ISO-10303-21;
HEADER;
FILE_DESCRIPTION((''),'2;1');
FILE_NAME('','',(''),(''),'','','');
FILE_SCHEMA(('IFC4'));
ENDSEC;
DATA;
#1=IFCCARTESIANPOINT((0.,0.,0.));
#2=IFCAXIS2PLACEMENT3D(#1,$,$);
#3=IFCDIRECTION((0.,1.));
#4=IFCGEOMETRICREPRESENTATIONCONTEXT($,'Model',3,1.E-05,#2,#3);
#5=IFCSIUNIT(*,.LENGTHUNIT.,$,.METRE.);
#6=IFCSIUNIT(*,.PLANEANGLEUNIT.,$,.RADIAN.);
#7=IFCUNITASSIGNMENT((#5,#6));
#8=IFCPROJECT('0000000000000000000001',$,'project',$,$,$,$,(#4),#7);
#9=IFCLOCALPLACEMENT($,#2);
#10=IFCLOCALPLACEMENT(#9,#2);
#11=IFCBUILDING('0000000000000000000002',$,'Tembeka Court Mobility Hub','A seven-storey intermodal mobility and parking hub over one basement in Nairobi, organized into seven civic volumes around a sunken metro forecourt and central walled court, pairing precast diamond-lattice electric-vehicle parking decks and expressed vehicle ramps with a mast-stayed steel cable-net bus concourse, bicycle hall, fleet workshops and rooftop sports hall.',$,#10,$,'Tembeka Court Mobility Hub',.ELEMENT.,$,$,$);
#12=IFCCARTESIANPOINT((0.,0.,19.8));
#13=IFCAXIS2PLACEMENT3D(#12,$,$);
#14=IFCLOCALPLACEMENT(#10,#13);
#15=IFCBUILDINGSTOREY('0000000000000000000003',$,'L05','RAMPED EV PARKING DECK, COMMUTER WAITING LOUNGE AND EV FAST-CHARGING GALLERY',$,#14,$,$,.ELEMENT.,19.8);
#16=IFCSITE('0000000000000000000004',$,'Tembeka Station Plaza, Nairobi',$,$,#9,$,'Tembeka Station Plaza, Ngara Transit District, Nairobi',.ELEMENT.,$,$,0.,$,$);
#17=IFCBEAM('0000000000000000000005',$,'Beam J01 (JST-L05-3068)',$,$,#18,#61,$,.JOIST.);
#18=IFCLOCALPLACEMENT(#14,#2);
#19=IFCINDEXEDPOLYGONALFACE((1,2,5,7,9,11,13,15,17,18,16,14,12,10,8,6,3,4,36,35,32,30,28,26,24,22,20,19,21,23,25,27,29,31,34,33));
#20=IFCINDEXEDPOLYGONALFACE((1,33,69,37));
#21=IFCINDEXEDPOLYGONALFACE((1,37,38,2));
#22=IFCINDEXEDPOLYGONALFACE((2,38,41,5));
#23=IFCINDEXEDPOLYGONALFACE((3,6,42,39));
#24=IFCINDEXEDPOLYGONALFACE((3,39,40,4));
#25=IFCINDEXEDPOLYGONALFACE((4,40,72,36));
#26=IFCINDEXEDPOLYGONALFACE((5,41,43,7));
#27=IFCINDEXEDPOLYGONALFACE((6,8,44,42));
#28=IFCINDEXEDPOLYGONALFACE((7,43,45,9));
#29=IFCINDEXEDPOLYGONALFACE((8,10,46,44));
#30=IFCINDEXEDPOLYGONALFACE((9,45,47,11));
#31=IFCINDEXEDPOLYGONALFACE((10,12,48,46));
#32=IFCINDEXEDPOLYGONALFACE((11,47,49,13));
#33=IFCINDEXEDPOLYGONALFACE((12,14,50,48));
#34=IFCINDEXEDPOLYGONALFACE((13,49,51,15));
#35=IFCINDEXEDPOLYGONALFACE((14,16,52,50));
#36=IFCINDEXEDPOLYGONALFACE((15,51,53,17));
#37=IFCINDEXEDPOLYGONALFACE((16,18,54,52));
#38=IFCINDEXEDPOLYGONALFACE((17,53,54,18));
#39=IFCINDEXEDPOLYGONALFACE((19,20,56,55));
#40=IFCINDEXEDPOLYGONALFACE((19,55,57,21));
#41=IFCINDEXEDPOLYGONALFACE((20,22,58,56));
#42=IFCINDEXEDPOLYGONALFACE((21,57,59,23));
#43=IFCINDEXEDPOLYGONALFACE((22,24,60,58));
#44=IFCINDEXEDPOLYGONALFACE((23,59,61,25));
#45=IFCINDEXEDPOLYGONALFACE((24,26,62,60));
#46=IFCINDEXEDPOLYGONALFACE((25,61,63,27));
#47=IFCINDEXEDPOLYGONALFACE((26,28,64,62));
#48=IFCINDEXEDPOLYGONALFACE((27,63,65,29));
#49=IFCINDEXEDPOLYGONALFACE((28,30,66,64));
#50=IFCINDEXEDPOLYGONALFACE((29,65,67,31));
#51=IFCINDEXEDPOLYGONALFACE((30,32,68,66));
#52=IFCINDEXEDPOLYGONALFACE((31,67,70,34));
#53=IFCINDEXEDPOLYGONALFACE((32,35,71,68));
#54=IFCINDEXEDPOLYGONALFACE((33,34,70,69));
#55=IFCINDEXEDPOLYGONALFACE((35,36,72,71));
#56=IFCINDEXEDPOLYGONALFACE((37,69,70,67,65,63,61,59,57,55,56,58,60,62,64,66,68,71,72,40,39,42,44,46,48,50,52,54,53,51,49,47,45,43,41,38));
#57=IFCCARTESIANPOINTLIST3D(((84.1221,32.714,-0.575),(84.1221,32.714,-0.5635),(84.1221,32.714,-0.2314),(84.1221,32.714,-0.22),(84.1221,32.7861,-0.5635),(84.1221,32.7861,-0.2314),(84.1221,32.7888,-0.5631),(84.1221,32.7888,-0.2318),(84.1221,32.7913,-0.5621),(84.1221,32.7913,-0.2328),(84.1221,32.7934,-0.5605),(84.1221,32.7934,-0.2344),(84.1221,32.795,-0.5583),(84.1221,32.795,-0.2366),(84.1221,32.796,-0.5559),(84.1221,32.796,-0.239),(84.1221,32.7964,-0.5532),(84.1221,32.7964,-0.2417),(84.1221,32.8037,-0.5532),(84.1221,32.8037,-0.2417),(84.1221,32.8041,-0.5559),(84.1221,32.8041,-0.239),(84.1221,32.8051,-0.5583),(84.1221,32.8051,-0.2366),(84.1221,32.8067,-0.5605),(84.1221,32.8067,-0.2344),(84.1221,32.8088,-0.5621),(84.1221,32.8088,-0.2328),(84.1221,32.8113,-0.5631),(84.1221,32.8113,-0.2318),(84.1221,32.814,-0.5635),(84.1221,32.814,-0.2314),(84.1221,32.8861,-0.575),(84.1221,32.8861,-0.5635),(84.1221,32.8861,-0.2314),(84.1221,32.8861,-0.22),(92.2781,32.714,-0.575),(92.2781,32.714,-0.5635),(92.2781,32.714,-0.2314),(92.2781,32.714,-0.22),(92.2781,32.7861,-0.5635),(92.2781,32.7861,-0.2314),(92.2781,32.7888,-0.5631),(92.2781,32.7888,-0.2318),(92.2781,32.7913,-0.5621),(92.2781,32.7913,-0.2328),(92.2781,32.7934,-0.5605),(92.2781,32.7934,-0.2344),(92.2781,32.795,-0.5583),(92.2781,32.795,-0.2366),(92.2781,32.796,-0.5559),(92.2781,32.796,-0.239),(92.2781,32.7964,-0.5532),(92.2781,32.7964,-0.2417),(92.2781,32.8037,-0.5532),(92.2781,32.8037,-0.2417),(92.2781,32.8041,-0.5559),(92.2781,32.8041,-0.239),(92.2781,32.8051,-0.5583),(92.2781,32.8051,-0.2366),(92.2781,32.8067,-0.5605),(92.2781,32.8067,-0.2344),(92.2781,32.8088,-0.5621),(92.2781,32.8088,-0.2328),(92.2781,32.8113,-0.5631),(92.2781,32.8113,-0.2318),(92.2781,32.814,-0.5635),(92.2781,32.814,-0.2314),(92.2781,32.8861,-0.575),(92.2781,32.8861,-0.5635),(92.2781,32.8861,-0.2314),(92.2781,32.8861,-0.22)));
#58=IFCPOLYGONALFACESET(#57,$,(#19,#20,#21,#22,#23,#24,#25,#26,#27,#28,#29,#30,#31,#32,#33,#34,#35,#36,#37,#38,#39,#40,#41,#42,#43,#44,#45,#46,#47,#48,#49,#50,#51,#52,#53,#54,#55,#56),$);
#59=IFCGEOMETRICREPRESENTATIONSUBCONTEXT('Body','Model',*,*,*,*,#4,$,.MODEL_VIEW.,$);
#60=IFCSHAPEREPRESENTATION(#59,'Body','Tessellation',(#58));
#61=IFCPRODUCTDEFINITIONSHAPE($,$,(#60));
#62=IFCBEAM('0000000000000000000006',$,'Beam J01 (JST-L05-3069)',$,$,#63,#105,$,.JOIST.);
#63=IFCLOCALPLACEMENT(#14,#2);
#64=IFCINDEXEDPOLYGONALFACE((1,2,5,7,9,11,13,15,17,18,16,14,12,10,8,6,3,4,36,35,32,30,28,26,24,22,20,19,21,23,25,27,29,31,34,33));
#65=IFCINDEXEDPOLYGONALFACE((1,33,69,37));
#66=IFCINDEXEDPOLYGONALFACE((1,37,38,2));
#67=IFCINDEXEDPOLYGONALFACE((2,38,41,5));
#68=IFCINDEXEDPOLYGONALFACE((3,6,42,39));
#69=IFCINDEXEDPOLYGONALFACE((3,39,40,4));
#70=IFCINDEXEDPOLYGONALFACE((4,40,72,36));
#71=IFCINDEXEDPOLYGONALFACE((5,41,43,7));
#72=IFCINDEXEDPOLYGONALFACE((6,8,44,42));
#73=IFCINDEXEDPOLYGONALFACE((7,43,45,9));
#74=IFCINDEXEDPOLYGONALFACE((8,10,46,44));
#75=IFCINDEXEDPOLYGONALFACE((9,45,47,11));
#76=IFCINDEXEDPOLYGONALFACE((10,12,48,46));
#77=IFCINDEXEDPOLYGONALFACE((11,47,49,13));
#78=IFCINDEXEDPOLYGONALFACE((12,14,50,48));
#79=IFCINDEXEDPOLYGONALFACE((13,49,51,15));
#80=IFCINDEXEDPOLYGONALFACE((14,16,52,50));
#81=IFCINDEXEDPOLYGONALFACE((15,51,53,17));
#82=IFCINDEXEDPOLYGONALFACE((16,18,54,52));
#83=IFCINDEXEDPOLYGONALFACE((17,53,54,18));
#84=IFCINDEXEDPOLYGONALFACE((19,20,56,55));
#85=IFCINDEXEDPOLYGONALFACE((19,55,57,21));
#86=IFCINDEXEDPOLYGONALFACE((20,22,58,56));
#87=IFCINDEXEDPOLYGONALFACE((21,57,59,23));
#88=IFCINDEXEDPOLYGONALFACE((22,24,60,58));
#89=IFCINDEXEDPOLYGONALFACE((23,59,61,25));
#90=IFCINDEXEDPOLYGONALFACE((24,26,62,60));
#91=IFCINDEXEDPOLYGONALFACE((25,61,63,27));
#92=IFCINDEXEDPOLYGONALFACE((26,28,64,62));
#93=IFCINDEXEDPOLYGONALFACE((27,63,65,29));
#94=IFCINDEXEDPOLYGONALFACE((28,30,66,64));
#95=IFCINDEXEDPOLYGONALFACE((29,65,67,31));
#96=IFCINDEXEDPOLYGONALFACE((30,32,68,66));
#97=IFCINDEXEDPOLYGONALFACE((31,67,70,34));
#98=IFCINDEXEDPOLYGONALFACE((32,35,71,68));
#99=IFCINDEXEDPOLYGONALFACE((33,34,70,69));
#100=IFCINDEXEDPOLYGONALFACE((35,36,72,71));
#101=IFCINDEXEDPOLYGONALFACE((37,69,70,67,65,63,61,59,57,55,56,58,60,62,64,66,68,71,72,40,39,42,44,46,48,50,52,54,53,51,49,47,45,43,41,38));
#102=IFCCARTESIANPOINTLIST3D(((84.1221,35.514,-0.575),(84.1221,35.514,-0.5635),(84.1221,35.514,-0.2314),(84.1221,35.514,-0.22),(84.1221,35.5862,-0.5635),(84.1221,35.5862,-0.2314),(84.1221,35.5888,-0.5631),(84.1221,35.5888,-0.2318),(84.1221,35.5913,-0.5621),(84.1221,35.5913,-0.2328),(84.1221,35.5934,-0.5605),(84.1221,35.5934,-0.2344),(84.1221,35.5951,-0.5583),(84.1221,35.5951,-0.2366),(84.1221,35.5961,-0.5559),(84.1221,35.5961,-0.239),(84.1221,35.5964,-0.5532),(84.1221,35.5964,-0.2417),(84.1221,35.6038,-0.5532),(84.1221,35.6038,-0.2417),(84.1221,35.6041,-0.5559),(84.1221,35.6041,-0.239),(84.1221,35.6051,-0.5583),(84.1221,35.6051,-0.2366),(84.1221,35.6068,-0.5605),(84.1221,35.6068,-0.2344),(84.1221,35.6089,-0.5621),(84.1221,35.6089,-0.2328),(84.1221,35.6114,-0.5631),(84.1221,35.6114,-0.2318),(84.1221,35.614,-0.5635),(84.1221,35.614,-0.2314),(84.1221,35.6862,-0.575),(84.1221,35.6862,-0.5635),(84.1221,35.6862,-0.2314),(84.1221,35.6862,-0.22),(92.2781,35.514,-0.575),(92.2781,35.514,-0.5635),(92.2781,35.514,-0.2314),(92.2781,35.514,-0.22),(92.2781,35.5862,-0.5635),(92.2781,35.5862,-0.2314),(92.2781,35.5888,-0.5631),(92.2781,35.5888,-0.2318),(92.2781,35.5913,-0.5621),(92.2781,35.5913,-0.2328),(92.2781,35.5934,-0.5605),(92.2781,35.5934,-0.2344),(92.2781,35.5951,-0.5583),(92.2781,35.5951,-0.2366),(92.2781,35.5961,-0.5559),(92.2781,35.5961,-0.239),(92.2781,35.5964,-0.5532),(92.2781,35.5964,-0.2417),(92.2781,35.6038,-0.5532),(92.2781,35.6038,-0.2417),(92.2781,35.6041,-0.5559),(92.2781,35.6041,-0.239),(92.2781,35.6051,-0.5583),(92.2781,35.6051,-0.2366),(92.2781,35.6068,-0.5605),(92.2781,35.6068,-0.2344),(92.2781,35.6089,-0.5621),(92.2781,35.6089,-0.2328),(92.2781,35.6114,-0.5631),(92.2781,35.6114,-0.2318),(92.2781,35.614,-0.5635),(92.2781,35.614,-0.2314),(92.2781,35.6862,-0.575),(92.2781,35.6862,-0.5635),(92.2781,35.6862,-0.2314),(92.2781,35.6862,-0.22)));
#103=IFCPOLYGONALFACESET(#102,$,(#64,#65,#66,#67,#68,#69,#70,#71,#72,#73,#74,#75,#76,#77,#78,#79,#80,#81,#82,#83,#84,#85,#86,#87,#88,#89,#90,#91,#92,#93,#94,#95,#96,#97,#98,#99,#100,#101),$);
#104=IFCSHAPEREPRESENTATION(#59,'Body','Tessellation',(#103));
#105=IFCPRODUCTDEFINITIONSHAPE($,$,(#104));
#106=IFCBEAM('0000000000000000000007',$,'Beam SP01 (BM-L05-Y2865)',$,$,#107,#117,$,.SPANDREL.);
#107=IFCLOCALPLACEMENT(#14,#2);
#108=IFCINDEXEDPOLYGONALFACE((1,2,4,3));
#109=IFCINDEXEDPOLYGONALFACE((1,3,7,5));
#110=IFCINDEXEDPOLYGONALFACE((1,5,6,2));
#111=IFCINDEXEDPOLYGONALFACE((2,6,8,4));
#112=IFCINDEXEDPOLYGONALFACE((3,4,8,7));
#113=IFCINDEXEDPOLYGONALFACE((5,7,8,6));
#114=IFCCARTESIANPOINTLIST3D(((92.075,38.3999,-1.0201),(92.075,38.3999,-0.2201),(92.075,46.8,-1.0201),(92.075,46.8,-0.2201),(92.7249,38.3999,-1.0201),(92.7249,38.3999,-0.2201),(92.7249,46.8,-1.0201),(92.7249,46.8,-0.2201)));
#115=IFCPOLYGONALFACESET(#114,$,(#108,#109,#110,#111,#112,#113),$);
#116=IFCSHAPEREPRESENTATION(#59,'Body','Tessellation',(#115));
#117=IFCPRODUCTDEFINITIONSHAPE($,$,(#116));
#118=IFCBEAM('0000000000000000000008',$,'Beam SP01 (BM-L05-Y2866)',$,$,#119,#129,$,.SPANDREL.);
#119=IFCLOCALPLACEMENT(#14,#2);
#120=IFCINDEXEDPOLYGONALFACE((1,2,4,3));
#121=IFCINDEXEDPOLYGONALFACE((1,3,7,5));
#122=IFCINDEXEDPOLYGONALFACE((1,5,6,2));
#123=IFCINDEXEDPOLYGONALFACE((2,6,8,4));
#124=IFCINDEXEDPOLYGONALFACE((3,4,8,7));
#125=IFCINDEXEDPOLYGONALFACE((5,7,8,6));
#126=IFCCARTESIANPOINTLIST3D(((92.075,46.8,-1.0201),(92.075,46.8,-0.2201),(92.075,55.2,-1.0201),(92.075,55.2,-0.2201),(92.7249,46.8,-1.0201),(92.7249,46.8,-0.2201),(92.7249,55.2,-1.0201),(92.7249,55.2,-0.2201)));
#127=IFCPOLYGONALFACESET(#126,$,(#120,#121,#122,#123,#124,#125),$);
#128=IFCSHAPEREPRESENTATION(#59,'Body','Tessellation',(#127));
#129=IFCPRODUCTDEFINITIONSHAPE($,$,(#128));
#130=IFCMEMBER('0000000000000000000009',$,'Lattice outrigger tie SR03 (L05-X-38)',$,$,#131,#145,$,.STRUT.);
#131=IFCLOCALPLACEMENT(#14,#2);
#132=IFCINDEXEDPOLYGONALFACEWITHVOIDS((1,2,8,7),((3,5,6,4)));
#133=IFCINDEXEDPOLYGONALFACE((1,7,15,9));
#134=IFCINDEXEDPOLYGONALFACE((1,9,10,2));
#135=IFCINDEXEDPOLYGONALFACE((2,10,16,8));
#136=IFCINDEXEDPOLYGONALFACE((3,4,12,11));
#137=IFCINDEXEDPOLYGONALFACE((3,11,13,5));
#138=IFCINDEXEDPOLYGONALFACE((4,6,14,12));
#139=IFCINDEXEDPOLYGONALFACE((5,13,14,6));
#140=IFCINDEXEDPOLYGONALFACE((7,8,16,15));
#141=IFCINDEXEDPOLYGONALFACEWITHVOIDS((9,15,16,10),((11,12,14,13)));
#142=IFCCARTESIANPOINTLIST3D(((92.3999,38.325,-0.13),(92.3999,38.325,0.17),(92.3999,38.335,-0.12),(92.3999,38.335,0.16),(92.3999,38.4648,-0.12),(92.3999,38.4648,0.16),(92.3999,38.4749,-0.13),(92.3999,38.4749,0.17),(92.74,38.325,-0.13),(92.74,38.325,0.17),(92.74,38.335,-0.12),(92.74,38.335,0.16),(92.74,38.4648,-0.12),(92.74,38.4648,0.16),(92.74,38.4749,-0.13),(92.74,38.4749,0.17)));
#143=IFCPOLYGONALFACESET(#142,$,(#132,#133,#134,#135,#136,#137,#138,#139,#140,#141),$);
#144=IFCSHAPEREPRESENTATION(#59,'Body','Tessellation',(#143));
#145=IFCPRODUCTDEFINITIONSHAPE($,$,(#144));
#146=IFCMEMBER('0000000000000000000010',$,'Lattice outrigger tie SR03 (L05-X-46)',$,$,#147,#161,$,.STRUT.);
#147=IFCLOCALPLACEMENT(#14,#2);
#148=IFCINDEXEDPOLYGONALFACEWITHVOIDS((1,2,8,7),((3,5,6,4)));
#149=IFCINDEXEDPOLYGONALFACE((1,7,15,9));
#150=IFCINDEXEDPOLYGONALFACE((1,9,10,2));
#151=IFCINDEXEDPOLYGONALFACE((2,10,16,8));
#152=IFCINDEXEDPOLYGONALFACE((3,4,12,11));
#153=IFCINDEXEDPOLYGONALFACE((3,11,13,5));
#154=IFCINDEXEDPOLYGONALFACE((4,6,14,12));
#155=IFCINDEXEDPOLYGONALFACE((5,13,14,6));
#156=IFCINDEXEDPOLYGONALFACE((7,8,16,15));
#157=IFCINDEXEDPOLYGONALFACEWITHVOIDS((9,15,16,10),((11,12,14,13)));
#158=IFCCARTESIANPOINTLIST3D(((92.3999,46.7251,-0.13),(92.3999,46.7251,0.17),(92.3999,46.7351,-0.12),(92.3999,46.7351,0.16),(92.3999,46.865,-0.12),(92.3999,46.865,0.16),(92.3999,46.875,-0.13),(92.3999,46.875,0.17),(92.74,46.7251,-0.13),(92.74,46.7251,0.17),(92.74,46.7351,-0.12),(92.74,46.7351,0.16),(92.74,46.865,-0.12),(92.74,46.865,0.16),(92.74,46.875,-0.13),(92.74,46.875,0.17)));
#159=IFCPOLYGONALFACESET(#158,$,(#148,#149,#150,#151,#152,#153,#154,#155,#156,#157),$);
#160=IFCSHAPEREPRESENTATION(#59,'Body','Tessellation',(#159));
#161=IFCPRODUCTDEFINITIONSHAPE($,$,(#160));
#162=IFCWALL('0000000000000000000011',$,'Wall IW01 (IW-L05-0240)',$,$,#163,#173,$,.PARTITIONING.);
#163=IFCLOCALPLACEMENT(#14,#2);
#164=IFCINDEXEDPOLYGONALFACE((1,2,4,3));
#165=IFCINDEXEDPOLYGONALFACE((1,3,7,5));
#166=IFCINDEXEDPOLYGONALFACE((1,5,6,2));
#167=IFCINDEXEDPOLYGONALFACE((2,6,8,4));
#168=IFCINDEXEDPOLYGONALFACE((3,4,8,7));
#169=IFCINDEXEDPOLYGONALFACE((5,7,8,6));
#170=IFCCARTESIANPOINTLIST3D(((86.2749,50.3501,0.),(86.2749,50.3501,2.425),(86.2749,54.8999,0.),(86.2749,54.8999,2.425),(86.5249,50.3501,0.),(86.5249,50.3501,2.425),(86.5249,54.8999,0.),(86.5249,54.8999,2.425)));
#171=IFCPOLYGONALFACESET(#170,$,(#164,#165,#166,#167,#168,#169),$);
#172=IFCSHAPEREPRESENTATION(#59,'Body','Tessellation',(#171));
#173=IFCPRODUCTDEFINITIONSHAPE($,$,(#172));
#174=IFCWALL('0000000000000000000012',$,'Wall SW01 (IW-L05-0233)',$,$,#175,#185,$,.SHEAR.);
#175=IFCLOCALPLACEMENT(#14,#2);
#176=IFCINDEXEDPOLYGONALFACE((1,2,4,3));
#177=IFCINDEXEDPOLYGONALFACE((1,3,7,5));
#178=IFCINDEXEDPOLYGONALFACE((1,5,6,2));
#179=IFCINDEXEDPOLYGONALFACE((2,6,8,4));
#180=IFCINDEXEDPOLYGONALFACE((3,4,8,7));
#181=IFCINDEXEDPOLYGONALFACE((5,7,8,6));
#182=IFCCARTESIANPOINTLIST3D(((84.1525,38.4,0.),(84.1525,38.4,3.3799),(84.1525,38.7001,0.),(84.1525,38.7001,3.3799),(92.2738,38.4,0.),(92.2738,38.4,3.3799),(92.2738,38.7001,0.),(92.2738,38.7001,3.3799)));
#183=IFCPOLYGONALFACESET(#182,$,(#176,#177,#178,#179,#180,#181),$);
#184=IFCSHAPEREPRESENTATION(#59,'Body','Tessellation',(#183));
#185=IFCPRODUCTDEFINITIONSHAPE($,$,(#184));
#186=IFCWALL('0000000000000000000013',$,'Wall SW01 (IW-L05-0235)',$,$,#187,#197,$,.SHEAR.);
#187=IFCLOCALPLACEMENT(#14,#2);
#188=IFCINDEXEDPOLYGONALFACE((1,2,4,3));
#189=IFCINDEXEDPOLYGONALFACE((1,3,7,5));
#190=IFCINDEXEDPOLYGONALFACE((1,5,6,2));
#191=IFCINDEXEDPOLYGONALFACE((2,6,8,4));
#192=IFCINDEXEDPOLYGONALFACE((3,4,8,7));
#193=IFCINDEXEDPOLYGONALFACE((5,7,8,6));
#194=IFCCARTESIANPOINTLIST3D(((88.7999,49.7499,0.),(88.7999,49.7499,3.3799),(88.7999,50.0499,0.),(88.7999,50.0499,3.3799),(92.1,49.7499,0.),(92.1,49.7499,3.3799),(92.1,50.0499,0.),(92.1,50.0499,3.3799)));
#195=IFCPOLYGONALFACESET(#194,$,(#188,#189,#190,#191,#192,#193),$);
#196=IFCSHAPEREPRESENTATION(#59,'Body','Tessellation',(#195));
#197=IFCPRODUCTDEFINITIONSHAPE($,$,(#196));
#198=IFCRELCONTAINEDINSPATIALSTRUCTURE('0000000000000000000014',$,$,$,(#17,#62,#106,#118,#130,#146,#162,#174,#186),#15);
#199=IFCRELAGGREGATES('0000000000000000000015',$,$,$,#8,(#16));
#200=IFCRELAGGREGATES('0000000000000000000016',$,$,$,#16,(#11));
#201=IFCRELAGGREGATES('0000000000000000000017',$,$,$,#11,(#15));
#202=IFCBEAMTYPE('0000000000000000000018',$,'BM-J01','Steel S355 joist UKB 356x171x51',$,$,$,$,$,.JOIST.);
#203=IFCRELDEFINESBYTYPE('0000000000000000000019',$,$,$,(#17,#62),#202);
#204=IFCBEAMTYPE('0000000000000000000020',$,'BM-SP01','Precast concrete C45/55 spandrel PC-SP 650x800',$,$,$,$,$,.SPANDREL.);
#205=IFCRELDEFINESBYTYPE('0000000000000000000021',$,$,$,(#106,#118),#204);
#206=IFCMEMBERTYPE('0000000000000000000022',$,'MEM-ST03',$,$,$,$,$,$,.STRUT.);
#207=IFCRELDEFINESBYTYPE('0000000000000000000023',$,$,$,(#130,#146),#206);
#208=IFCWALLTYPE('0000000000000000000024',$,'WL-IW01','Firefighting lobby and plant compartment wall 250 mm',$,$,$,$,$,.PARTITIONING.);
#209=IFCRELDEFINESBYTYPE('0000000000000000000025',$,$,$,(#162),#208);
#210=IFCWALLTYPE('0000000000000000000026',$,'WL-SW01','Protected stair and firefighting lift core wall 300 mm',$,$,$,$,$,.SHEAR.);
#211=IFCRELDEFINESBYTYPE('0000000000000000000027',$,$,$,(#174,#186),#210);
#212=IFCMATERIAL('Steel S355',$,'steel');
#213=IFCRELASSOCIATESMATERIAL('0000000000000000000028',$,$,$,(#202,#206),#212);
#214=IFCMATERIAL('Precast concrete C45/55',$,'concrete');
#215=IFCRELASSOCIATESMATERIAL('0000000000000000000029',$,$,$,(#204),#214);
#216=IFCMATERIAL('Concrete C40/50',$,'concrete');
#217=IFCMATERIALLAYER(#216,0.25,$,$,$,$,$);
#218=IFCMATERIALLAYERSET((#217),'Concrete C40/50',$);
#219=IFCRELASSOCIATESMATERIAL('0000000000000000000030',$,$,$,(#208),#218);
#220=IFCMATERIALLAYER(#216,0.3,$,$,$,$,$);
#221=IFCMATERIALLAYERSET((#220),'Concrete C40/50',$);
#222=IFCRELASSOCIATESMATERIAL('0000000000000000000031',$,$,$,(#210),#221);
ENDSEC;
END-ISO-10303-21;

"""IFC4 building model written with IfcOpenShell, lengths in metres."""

from ifc_helpers import new_model, si_unit, direction, frame, frame_2d, origin, origin_2d, place, context, subcontext, project, spatial, rectangle, hollow_rectangle, i_section, extrude, material, layer, layer_set, material_profile, profile_set, type_object, element, save


model = new_model("IFC4")

# Units and contexts
model_context = context("Model", 3, precision=1e-05, world=origin(), true_north=direction((0.0, 1.0)))
body_context = subcontext(model_context, "Body", "Model", "MODEL_VIEW")
ifc_project = project(units=[si_unit("LENGTHUNIT", "METRE"), si_unit("PLANEANGLEUNIT", "RADIAN")], contexts=[model_context])

# Site, building, storey
site_placement = place(None, origin())
site = spatial("IfcSite", under=ifc_project, at=site_placement, Name="Tembeka Station Plaza, Nairobi", LongName="Tembeka Station Plaza, Ngara Transit District, Nairobi", CompositionType="ELEMENT", RefElevation=0.0)
building_placement = place(site_placement, origin())
building = spatial("IfcBuilding", under=site, at=building_placement, Name="Tembeka Court Mobility Hub", Description="A seven-storey intermodal mobility and parking hub over one basement in Nairobi, organized into seven civic volumes around a sunken metro forecourt and central walled court, pairing precast diamond-lattice electric-vehicle parking decks and expressed vehicle ramps with a mast-stayed steel cable-net bus concourse, bicycle hall, fleet workshops and rooftop sports hall.", LongName="Tembeka Court Mobility Hub", CompositionType="ELEMENT")
storey_placement = place(building_placement, frame((0.0, 0.0, 19.8)))
storey = spatial("IfcBuildingStorey", under=building, at=storey_placement, Name="L05", Description="RAMPED EV PARKING DECK, COMMUTER WAITING LOUNGE AND EV FAST-CHARGING GALLERY", CompositionType="ELEMENT", Elevation=19.8)

# Shared definitions
ifc_material_1 = material(Name="Steel S355", Category="steel")

# Beams
ifc_material_profile_1 = material_profile(ifc_material_1, i_section(OverallWidth=0.1721, OverallDepth=0.355, WebThickness=0.0073, FlangeThickness=0.0115, FilletRadius=0.0103, at=origin_2d()), Name="UKB 356x171x51")
ifc_profile_set_1 = profile_set([ifc_material_profile_1], Name="Steel S355")
beam_type_1 = type_object("IfcBeamType", Name="BM-J01", Description="Steel S355 joist UKB 356x171x51", PredefinedType="JOIST", material=ifc_profile_set_1)
for number, where, z_axis, x_axis, name in (
    (1, (84.1221, 32.8, -0.3975), (1.0, 0.0, 0.0), (0.0, 1.0, 0.0), "Beam J01 (JST-L05-3068)"),
    (2, (84.1221, 35.6001, -0.3975), (1.0, 0.0, 0.0), (0.0, 1.0, 0.0), "Beam J01 (JST-L05-3069)"),
):
    element("IfcBeam", number, at=place(storey_placement, frame(where, z_axis=z_axis, x_axis=x_axis)), inside=storey, type_object=beam_type_1, Name=name, PredefinedType="JOIST", context=body_context, shape_type="SweptSolid", body=[
        extrude(i_section(OverallWidth=0.1721, OverallDepth=0.355, WebThickness=0.0073, FlangeThickness=0.0115, FilletRadius=0.0103, at=origin_2d()), origin(), (0.0, 0.0, 1.0), 8.156),
    ])
ifc_material_2 = material(Name="Precast concrete C45/55", Category="concrete")
ifc_material_profile_2 = material_profile(ifc_material_2, rectangle(XDim=0.6499, YDim=0.8, at=origin_2d()), Name="PC-SP 650x800")
ifc_profile_set_2 = profile_set([ifc_material_profile_2], Name="Precast concrete C45/55")
beam_type_2 = type_object("IfcBeamType", Name="BM-SP01", Description="Precast concrete C45/55 spandrel PC-SP 650x800", PredefinedType="SPANDREL", material=ifc_profile_set_2)
beam_1_placement = place(storey_placement, frame((92.3999, 38.3999, -0.6201), z_axis=(0.0, 1.0, 0.0), x_axis=(-1.0, 0.0, 0.0)))
element("IfcBeam", 3, at=beam_1_placement, inside=storey, type_object=beam_type_2, Name="Beam SP01 (BM-L05-Y2865)", PredefinedType="SPANDREL", context=body_context, shape_type="SweptSolid", body=[
    extrude(rectangle(XDim=0.6499, YDim=0.8, at=origin_2d()), origin(), (0.0, 0.0, 1.0), 8.4001),
])
beam_2_placement = place(storey_placement, frame((92.3999, 46.8, -0.6201), z_axis=(0.0, 1.0, 0.0), x_axis=(-1.0, 0.0, 0.0)))
element("IfcBeam", 4, at=beam_2_placement, inside=storey, type_object=beam_type_2, Name="Beam SP01 (BM-L05-Y2866)", PredefinedType="SPANDREL", context=body_context, shape_type="SweptSolid", body=[
    extrude(rectangle(XDim=0.6499, YDim=0.8, at=origin_2d()), origin(), (0.0, 0.0, 1.0), 8.3999),
])

# Members
ifc_material_profile_3 = material_profile(ifc_material_1, hollow_rectangle(XDim=0.1499, YDim=0.3, WallThickness=0.01, at=origin_2d()), Name="RHS 300x150x10")
ifc_profile_set_3 = profile_set([ifc_material_profile_3], Name="Steel S355")
member_type = type_object("IfcMemberType", Name="MEM-ST03", PredefinedType="STRUT", material=ifc_profile_set_3)
for number, where, z_axis, x_axis, name in (
    (5, (92.3999, 38.3999, 0.02), (1.0, 0.0, 0.0), (0.0, 1.0, 0.0), "Lattice outrigger tie SR03 (L05-X-38)"),
    (6, (92.3999, 46.8, 0.02), (1.0, 0.0, 0.0), (0.0, 1.0, 0.0), "Lattice outrigger tie SR03 (L05-X-46)"),
):
    element("IfcMember", number, at=place(storey_placement, frame(where, z_axis=z_axis, x_axis=x_axis)), inside=storey, type_object=member_type, Name=name, PredefinedType="STRUT", context=body_context, shape_type="SweptSolid", body=[
        extrude(hollow_rectangle(XDim=0.1499, YDim=0.3, WallThickness=0.01, at=origin_2d()), origin(), (0.0, 0.0, 1.0), 0.3401),
    ])

# Walls
ifc_material_3 = material(Name="Concrete C40/50", Category="concrete")
ifc_layer_1 = layer(ifc_material_3, 0.25)
ifc_layer_set_1 = layer_set([ifc_layer_1], Name="Concrete C40/50")
wall_type_1 = type_object("IfcWallType", Name="WL-IW01", Description="Firefighting lobby and plant compartment wall 250 mm", PredefinedType="PARTITIONING", material=ifc_layer_set_1)
wall_1_placement = place(storey_placement, frame((86.3999, 50.3501, 0.0), z_axis=(0.0, 0.0, 1.0), x_axis=(0.0, 1.0, 0.0)))
element("IfcWall", 7, at=wall_1_placement, inside=storey, type_object=wall_type_1, Name="Wall IW01 (IW-L05-0240)", PredefinedType="PARTITIONING", context=body_context, shape_type="SweptSolid", body=[
    extrude(rectangle(XDim=4.5498, YDim=0.25, at=frame_2d((2.2749, 0.0))), origin(), (0.0, 0.0, 1.0), 2.425),
])
ifc_layer_2 = layer(ifc_material_3, 0.3)
ifc_layer_set_2 = layer_set([ifc_layer_2], Name="Concrete C40/50")
wall_type_2 = type_object("IfcWallType", Name="WL-SW01", Description="Protected stair and firefighting lift core wall 300 mm", PredefinedType="SHEAR", material=ifc_layer_set_2)
wall_2_placement = place(storey_placement, frame((84.1526, 38.55, 0.0), z_axis=(0.0, 0.0, 1.0), x_axis=(1.0, 0.0, 0.0)))
element("IfcWall", 8, at=wall_2_placement, inside=storey, type_object=wall_type_2, Name="Wall SW01 (IW-L05-0233)", PredefinedType="SHEAR", context=body_context, shape_type="SweptSolid", body=[
    extrude(rectangle(XDim=8.1213, YDim=0.3, at=frame_2d((4.0605, 0.0))), origin(), (0.0, 0.0, 1.0), 3.3799),
])
wall_3_placement = place(storey_placement, frame((88.8, 49.8999, 0.0), z_axis=(0.0, 0.0, 1.0), x_axis=(1.0, 0.0, 0.0)))
element("IfcWall", 9, at=wall_3_placement, inside=storey, type_object=wall_type_2, Name="Wall SW01 (IW-L05-0235)", PredefinedType="SHEAR", context=body_context, shape_type="SweptSolid", body=[
    extrude(rectangle(XDim=3.3, YDim=0.3, at=frame_2d((1.6499, 0.0))), origin(), (0.0, 0.0, 1.0), 3.3799),
])

save(model, "model.ifc")
